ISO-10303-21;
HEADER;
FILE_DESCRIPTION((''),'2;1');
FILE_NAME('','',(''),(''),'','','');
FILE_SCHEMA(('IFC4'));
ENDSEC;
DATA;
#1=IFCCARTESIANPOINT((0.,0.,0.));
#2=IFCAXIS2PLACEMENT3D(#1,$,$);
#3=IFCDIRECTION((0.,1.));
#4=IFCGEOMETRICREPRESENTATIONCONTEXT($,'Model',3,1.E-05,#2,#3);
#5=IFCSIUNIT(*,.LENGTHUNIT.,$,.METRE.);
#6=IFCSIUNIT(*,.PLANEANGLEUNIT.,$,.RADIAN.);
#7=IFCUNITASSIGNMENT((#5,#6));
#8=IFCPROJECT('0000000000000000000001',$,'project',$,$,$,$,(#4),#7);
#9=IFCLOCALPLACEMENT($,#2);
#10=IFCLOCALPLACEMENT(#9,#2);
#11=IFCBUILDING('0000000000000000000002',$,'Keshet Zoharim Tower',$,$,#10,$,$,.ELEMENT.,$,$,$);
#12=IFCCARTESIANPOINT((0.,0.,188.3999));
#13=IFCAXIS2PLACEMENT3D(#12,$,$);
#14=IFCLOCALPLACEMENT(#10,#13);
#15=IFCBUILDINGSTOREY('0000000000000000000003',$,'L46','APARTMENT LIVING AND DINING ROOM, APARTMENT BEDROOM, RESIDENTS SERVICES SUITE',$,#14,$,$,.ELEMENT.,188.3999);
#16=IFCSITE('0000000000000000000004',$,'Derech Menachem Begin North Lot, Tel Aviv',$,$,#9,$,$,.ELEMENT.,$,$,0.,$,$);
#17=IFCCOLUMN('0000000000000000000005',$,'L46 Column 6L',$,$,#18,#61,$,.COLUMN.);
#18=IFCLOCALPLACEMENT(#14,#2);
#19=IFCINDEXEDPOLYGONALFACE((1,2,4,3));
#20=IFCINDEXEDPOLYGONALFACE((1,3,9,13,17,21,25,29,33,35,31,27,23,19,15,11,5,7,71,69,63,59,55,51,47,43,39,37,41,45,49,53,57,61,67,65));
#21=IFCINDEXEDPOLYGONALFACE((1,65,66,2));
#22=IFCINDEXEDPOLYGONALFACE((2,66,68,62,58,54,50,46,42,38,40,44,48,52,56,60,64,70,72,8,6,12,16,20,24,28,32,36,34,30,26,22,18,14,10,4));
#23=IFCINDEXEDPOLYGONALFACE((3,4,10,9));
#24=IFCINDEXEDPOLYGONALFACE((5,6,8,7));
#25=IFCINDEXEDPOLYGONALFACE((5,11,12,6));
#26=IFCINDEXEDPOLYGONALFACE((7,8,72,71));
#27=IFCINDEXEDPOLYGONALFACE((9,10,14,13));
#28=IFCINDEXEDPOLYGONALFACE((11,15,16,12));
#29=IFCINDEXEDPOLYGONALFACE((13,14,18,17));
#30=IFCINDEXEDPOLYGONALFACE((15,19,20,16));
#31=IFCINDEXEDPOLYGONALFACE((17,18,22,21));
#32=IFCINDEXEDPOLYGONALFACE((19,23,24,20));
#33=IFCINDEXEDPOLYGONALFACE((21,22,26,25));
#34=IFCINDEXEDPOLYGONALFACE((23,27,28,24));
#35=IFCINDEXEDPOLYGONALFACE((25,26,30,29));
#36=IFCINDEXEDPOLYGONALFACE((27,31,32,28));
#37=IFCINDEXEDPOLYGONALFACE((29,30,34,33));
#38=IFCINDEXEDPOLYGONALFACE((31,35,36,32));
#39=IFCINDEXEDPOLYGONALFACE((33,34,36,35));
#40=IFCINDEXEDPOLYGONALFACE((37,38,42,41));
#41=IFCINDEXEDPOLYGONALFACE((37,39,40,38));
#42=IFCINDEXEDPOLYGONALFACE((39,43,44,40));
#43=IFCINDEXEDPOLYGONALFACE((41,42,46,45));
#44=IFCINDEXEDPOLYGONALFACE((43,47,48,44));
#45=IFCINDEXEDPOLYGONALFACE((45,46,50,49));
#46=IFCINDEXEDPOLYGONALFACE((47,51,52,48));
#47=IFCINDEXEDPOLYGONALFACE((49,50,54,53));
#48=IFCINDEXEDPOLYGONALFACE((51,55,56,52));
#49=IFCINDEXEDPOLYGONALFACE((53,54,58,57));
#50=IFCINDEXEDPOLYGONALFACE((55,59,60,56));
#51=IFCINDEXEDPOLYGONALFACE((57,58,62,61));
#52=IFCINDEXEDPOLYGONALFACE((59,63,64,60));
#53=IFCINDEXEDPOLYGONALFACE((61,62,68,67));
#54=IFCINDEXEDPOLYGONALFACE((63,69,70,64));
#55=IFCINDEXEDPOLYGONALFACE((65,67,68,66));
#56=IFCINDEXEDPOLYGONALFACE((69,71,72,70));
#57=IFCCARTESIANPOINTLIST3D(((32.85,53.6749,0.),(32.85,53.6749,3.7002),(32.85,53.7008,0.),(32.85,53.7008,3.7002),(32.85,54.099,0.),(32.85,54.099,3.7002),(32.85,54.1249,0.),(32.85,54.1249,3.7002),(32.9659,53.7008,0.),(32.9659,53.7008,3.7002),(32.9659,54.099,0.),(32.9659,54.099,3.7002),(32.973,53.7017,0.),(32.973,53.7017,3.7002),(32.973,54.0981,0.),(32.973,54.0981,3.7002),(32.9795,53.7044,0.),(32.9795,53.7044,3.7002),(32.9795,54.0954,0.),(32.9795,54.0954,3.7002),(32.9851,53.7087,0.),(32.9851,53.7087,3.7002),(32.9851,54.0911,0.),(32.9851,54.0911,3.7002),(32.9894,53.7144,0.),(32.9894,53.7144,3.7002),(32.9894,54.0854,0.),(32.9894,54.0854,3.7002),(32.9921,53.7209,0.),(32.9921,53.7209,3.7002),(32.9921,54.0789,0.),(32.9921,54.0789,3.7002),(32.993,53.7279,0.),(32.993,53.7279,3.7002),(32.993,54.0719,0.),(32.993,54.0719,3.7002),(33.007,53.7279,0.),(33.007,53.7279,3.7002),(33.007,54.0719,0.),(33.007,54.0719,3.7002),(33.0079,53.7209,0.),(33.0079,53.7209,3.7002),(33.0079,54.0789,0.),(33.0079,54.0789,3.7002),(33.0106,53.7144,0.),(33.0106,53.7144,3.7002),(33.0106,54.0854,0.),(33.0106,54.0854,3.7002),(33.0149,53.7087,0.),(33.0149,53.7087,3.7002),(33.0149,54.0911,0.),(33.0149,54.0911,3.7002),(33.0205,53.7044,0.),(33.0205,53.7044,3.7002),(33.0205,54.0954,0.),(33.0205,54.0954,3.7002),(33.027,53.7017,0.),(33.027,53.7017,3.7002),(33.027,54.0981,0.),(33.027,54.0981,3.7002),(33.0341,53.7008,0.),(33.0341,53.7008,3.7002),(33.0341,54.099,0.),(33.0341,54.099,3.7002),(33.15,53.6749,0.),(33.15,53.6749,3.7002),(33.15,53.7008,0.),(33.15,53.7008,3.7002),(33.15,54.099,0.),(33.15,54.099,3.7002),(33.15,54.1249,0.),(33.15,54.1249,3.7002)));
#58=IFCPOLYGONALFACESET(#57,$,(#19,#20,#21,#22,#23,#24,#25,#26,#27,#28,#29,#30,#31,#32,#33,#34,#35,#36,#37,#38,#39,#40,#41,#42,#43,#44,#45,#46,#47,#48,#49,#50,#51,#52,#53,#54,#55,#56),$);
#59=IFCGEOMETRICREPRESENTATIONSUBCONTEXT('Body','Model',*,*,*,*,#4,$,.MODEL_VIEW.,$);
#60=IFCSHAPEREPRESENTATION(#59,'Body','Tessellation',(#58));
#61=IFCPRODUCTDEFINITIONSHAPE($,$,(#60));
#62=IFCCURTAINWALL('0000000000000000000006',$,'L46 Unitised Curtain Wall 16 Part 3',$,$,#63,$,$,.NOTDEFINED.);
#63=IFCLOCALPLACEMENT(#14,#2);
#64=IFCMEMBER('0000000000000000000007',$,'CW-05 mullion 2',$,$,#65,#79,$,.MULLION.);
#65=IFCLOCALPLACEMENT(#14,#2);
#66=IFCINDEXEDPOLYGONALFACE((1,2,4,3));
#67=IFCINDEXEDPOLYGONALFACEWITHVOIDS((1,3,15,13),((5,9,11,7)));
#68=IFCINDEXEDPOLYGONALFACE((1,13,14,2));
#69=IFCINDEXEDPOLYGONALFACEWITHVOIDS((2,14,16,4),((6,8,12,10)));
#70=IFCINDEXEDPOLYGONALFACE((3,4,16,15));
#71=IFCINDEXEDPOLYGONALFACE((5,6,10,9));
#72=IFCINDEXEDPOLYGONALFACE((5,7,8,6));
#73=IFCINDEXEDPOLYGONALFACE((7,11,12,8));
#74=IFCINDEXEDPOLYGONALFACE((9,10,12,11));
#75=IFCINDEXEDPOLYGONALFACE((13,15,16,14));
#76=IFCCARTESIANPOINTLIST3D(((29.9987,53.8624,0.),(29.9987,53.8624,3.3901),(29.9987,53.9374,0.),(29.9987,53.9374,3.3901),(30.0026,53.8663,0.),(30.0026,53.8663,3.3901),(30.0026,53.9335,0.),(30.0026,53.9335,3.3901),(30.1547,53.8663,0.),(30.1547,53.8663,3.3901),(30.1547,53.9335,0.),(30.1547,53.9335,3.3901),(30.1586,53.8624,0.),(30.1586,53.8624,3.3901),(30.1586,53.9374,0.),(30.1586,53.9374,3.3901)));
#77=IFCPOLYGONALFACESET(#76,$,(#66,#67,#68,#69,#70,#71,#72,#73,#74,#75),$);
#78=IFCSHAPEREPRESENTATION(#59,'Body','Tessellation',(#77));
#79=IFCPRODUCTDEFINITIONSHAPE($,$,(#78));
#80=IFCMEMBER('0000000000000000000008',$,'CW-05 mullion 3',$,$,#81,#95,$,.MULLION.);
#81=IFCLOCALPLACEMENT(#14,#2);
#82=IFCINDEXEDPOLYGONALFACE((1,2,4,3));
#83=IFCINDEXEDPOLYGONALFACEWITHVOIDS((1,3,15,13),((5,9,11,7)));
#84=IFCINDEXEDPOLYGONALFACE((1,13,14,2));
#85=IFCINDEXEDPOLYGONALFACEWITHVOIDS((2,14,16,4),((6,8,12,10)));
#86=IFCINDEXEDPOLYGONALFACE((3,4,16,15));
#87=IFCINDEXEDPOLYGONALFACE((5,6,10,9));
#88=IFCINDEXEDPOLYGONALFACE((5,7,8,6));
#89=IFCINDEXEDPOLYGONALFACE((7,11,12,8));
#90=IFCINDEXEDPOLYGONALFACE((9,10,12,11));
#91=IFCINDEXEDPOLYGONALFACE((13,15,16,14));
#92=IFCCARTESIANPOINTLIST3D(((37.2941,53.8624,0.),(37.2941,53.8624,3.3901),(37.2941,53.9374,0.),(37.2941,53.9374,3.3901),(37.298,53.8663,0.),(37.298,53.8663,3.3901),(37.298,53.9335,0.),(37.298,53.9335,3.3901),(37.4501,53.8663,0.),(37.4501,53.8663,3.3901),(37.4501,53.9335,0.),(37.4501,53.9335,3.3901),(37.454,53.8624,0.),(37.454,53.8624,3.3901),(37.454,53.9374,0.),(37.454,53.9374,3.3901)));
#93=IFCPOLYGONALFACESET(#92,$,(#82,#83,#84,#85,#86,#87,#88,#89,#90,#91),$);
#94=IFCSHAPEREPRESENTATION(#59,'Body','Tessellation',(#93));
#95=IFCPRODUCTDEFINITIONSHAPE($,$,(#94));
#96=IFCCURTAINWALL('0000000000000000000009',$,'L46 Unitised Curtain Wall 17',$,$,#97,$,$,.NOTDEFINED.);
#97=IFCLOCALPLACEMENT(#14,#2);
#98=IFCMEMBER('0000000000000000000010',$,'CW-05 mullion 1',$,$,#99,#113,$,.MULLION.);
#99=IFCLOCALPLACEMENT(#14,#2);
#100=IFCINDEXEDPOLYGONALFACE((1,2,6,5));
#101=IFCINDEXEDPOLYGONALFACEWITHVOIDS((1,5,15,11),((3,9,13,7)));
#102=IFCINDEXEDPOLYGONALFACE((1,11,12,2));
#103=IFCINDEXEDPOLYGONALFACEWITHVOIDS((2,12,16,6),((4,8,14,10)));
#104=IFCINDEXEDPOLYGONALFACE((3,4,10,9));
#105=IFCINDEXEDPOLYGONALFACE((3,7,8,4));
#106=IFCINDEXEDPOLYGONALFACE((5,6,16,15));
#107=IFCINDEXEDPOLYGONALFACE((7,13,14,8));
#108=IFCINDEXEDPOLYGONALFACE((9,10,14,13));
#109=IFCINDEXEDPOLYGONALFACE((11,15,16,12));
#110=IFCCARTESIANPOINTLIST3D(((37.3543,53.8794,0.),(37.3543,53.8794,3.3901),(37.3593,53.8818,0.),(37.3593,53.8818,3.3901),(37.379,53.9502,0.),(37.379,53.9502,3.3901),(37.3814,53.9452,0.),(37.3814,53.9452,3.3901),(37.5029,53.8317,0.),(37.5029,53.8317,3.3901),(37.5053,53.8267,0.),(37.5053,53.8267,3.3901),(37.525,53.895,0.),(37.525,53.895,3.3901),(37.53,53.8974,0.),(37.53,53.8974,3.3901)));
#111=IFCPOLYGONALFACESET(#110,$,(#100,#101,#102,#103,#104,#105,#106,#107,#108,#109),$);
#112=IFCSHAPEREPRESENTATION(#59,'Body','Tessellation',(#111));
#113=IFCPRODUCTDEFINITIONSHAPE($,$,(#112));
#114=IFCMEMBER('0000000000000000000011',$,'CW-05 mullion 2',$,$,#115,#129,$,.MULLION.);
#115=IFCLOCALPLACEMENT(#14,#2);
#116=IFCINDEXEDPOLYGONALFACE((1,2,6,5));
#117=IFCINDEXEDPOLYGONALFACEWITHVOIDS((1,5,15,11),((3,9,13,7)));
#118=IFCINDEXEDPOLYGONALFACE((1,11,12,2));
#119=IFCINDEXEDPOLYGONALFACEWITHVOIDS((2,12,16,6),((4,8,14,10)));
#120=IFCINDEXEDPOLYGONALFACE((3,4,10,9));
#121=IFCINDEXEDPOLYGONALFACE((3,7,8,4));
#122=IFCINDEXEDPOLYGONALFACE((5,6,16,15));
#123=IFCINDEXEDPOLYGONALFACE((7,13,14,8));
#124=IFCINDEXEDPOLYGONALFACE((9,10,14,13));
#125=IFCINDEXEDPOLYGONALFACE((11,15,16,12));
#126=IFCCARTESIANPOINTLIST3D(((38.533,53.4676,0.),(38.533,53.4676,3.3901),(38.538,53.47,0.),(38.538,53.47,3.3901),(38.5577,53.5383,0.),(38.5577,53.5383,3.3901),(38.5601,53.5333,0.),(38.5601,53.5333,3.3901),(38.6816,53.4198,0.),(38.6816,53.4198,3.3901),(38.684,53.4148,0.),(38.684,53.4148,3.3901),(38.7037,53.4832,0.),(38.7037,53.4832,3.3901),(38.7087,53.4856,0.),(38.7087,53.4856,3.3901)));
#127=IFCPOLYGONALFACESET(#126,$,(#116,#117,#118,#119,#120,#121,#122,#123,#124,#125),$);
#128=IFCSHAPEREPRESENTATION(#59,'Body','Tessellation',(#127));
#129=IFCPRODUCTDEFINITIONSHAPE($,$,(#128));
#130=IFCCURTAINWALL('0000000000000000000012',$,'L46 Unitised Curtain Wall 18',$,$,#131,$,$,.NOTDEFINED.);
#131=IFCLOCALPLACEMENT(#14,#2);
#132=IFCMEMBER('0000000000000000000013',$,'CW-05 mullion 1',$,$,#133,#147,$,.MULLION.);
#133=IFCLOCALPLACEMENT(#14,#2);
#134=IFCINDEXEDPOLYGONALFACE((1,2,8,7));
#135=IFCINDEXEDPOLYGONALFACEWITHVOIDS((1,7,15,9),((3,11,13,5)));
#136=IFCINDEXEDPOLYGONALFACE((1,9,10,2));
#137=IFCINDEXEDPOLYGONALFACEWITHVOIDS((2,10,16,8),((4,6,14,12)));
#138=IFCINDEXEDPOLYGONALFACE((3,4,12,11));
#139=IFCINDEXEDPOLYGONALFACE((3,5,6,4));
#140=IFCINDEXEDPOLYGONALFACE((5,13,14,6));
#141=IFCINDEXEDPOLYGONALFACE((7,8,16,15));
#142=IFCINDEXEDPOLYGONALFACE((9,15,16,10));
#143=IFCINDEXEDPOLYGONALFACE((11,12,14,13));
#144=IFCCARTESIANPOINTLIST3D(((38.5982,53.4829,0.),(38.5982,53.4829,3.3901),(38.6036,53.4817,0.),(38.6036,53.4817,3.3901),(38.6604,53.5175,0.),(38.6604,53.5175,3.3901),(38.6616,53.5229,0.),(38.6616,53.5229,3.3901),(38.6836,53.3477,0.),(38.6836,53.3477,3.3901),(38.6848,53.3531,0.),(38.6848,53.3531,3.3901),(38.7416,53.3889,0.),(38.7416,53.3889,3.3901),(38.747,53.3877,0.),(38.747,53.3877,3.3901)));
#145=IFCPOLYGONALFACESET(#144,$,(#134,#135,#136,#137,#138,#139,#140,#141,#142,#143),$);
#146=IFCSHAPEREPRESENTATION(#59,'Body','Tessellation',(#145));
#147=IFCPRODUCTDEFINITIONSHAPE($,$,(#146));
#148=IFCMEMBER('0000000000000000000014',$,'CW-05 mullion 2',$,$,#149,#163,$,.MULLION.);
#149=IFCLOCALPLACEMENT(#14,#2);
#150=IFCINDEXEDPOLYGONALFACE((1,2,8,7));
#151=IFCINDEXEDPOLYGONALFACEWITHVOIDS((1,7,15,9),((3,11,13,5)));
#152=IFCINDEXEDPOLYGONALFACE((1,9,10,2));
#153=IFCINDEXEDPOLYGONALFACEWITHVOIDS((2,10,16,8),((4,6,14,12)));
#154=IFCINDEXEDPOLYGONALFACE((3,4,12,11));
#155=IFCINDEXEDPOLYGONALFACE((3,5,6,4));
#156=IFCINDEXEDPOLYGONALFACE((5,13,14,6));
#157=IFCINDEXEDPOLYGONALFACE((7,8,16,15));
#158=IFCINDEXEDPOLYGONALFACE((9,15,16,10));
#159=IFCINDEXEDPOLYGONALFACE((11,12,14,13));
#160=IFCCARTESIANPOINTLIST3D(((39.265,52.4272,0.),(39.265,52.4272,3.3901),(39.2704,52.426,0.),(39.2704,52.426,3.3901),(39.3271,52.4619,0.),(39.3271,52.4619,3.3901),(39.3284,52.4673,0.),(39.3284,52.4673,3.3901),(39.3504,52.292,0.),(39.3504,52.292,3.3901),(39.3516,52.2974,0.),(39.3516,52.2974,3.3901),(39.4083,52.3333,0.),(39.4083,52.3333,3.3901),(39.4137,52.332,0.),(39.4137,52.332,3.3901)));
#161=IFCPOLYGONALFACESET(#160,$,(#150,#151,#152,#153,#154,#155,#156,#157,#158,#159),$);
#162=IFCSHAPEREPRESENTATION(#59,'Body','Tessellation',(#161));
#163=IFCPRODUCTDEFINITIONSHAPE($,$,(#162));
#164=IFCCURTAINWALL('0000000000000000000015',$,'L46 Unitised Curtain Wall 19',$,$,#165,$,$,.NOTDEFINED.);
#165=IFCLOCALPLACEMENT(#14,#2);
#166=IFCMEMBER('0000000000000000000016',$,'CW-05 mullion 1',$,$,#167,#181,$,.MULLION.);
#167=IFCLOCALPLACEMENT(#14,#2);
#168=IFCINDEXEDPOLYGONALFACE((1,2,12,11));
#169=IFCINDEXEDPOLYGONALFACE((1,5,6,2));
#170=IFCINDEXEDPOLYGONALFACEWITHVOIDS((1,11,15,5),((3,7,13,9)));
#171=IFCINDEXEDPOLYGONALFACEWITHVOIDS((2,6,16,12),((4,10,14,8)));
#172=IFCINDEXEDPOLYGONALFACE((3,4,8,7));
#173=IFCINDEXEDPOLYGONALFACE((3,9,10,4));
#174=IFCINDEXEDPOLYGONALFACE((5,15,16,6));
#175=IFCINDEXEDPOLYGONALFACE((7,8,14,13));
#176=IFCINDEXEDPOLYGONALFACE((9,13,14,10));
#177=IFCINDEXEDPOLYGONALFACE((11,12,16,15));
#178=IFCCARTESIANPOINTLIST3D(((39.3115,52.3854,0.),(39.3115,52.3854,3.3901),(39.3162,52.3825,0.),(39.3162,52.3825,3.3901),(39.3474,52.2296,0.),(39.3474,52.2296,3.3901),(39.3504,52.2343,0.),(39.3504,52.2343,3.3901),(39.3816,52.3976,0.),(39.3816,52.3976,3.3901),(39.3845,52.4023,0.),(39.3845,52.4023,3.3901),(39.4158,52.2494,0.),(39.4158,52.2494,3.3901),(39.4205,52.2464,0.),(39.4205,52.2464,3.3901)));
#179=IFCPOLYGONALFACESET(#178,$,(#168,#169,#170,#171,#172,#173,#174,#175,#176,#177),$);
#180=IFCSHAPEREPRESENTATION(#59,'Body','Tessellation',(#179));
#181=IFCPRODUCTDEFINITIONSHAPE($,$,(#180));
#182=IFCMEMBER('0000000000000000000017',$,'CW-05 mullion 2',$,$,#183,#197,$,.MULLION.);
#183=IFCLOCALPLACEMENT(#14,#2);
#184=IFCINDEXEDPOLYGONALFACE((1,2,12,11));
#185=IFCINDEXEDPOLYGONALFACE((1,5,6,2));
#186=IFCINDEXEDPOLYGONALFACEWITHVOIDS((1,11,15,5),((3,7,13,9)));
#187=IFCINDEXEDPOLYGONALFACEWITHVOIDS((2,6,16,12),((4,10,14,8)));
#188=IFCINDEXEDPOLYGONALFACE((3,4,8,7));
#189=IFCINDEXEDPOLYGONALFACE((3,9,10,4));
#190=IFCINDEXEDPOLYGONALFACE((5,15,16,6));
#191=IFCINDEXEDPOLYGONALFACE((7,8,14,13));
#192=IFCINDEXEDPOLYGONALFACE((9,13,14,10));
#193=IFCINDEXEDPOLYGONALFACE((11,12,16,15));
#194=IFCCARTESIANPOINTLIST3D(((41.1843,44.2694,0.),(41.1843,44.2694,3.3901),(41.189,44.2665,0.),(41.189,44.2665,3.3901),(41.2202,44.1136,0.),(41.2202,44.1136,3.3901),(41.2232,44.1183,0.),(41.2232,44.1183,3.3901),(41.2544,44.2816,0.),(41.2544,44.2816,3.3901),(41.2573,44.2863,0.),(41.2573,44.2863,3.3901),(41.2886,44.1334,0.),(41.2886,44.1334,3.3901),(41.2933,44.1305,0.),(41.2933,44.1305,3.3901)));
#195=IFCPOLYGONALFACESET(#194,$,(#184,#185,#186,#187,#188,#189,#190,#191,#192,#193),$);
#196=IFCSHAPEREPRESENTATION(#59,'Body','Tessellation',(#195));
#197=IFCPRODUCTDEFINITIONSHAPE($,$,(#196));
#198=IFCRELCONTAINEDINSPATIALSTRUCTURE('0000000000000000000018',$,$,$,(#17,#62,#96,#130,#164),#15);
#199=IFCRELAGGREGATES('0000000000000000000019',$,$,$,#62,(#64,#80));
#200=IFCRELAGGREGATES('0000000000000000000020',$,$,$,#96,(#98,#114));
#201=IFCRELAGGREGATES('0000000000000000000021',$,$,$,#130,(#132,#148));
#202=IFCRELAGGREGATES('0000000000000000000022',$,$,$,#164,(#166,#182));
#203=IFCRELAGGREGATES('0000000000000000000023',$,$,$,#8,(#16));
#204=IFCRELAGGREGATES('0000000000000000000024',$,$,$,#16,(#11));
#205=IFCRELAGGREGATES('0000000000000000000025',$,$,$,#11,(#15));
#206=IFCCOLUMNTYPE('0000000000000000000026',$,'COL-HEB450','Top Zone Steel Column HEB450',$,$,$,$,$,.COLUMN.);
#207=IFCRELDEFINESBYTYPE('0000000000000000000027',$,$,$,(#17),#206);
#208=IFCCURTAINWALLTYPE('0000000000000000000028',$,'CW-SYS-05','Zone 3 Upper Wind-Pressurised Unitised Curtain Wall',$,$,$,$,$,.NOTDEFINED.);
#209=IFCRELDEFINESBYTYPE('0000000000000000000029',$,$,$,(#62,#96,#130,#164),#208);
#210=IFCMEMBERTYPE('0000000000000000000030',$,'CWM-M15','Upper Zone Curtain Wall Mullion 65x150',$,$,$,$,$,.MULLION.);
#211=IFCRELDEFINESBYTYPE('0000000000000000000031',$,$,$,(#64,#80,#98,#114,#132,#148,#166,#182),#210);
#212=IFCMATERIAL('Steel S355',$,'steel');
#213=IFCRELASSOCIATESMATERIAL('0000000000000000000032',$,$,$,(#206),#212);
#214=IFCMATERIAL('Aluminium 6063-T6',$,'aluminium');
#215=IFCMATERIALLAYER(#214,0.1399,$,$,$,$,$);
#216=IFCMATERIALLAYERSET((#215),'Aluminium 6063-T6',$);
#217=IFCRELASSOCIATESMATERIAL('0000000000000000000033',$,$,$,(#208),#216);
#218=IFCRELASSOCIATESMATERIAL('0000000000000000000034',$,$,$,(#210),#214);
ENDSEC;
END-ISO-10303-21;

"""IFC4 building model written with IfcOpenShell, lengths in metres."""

from ifc_helpers import new_model, si_unit, direction, frame, origin, origin_2d, place, context, subcontext, project, spatial, hollow_rectangle, i_section, extrude, material, layer, layer_set, material_profile, profile_set, type_object, element, aggregate, save


model = new_model("IFC4")

# Units and contexts
model_context = context("Model", 3, precision=1e-05, world=origin(), true_north=direction((0.0, 1.0)))
body_context = subcontext(model_context, "Body", "Model", "MODEL_VIEW")
ifc_project = project(units=[si_unit("LENGTHUNIT", "METRE"), si_unit("PLANEANGLEUNIT", "RADIAN")], contexts=[model_context])

# Site, building, storey
site_placement = place(None, origin())
site = spatial("IfcSite", under=ifc_project, at=site_placement, Name="Derech Menachem Begin North Lot, Tel Aviv", CompositionType="ELEMENT", RefElevation=0.0)
building_placement = place(site_placement, origin())
building = spatial("IfcBuilding", under=site, at=building_placement, Name="Keshet Zoharim Tower", CompositionType="ELEMENT")
storey_placement = place(building_placement, frame((0.0, 0.0, 188.3999)))
storey = spatial("IfcBuildingStorey", under=building, at=storey_placement, Name="L46", Description="APARTMENT LIVING AND DINING ROOM, APARTMENT BEDROOM, RESIDENTS SERVICES SUITE", CompositionType="ELEMENT", Elevation=188.3999)

# Column
ifc_material_1 = material(Name="Steel S355", Category="steel")
ifc_material_profile_1 = material_profile(ifc_material_1, i_section(OverallWidth=0.3, OverallDepth=0.45, WebThickness=0.0139, FlangeThickness=0.0259, FilletRadius=0.0271, at=origin_2d()), Name="HEB450")
ifc_profile_set_1 = profile_set([ifc_material_profile_1], Name="Steel S355")
column_type = type_object("IfcColumnType", Name="COL-HEB450", Description="Top Zone Steel Column HEB450", PredefinedType="COLUMN", material=ifc_profile_set_1)
column_placement = place(storey_placement, frame((33.0, 53.8999, 0.0), z_axis=(0.0, 0.0, 1.0), x_axis=(1.0, 0.0, 0.0)))
element("IfcColumn", 1, at=column_placement, inside=storey, type_object=column_type, Name="L46 Column 6L", PredefinedType="COLUMN", context=body_context, shape_type="SweptSolid", body=[
    extrude(i_section(OverallWidth=0.3, OverallDepth=0.45, WebThickness=0.0139, FlangeThickness=0.0259, FilletRadius=0.0271, at=origin_2d()), origin(), (0.0, 0.0, 1.0), 3.7002),
])

# Curtain walls, members
ifc_material_2 = material(Name="Aluminium 6063-T6", Category="aluminium")
ifc_layer_1 = layer(ifc_material_2, 0.1399)
ifc_layer_set_1 = layer_set([ifc_layer_1], Name="Aluminium 6063-T6")
curtain_wall_type = type_object("IfcCurtainWallType", Name="CW-SYS-05", Description="Zone 3 Upper Wind-Pressurised Unitised Curtain Wall", PredefinedType="NOTDEFINED", material=ifc_layer_set_1)
curtain_wall_1_placement = place(storey_placement, origin())
curtain_wall_1 = element("IfcCurtainWall", 2, at=curtain_wall_1_placement, inside=storey, type_object=curtain_wall_type, Name="L46 Unitised Curtain Wall 16 Part 3", PredefinedType="NOTDEFINED")
ifc_material_profile_2 = material_profile(ifc_material_2, hollow_rectangle(XDim=0.075, YDim=0.1599, WallThickness=0.0039, at=origin_2d()), Name="MUL-75x160")
ifc_profile_set_2 = profile_set([ifc_material_profile_2], Name="Aluminium 6063-T6")
member_type_1 = type_object("IfcMemberType", Name="CWM-M15", Description="Upper Zone Curtain Wall Mullion 65x150", PredefinedType="MULLION", material=ifc_profile_set_2)
member_1_placement = place(storey_placement, frame((30.0786, 53.8999, 0.0), z_axis=(0.0, 0.0, 1.0), x_axis=(0.0, 1.0, 0.0)))
member_1 = element("IfcMember", 3, at=member_1_placement, type_object=member_type_1, Name="CW-05 mullion 2", PredefinedType="MULLION", context=body_context, shape_type="SweptSolid", body=[
    extrude(hollow_rectangle(XDim=0.075, YDim=0.1599, WallThickness=0.0039, at=origin_2d()), origin(), (0.0, 0.0, 1.0), 3.3901),
])
member_2_placement = place(storey_placement, frame((37.374, 53.8999, 0.0), z_axis=(0.0, 0.0, 1.0), x_axis=(0.0, 1.0, 0.0)))
member_2 = element("IfcMember", 4, at=member_2_placement, type_object=member_type_1, Name="CW-05 mullion 3", PredefinedType="MULLION", context=body_context, shape_type="SweptSolid", body=[
    extrude(hollow_rectangle(XDim=0.075, YDim=0.1599, WallThickness=0.0039, at=origin_2d()), origin(), (0.0, 0.0, 1.0), 3.3901),
])
curtain_wall_2_placement = place(storey_placement, origin())
curtain_wall_2 = element("IfcCurtainWall", 5, at=curtain_wall_2_placement, inside=storey, type_object=curtain_wall_type, Name="L46 Unitised Curtain Wall 17", PredefinedType="NOTDEFINED")
member_3_placement = place(storey_placement, frame((37.4421, 53.8884, 0.0), z_axis=(0.0, 0.0, 1.0), x_axis=(0.329844, 0.944036, 0.0)))
member_3 = element("IfcMember", 6, at=member_3_placement, type_object=member_type_1, Name="CW-05 mullion 1", PredefinedType="MULLION", context=body_context, shape_type="SweptSolid", body=[
    extrude(hollow_rectangle(XDim=0.075, YDim=0.1599, WallThickness=0.0039, at=origin_2d()), origin(), (0.0, 0.0, 1.0), 3.3901),
])
member_4_placement = place(storey_placement, frame((38.6208, 53.4766, 0.0), z_axis=(0.0, 0.0, 1.0), x_axis=(0.329844, 0.944036, 0.0)))
member_4 = element("IfcMember", 7, at=member_4_placement, type_object=member_type_1, Name="CW-05 mullion 2", PredefinedType="MULLION", context=body_context, shape_type="SweptSolid", body=[
    extrude(hollow_rectangle(XDim=0.075, YDim=0.1599, WallThickness=0.0039, at=origin_2d()), origin(), (0.0, 0.0, 1.0), 3.3901),
])
curtain_wall_3_placement = place(storey_placement, origin())
curtain_wall_3 = element("IfcCurtainWall", 8, at=curtain_wall_3_placement, inside=storey, type_object=curtain_wall_type, Name="L46 Unitised Curtain Wall 18", PredefinedType="NOTDEFINED")
member_5_placement = place(storey_placement, frame((38.6726, 53.4353, 0.0), z_axis=(0.0, 0.0, 1.0), x_axis=(0.845561, 0.533879, 0.0)))
member_5 = element("IfcMember", 9, at=member_5_placement, type_object=member_type_1, Name="CW-05 mullion 1", PredefinedType="MULLION", context=body_context, shape_type="SweptSolid", body=[
    extrude(hollow_rectangle(XDim=0.075, YDim=0.1599, WallThickness=0.0039, at=origin_2d()), origin(), (0.0, 0.0, 1.0), 3.3901),
])
member_6_placement = place(storey_placement, frame((39.3394, 52.3796, 0.0), z_axis=(0.0, 0.0, 1.0), x_axis=(0.845561, 0.533879, 0.0)))
member_6 = element("IfcMember", 10, at=member_6_placement, type_object=member_type_1, Name="CW-05 mullion 2", PredefinedType="MULLION", context=body_context, shape_type="SweptSolid", body=[
    extrude(hollow_rectangle(XDim=0.075, YDim=0.1599, WallThickness=0.0039, at=origin_2d()), origin(), (0.0, 0.0, 1.0), 3.3901),
])
curtain_wall_4_placement = place(storey_placement, origin())
curtain_wall_4 = element("IfcCurtainWall", 11, at=curtain_wall_4_placement, inside=storey, type_object=curtain_wall_type, Name="L46 Unitised Curtain Wall 19", PredefinedType="NOTDEFINED")
member_7_placement = place(storey_placement, frame((39.366, 52.3159, 0.0), z_axis=(0.0, 0.0, 1.0), x_axis=(0.974394, 0.224848, 0.0)))
member_7 = element("IfcMember", 12, at=member_7_placement, type_object=member_type_1, Name="CW-05 mullion 1", PredefinedType="MULLION", context=body_context, shape_type="SweptSolid", body=[
    extrude(hollow_rectangle(XDim=0.075, YDim=0.1599, WallThickness=0.0039, at=origin_2d()), origin(), (0.0, 0.0, 1.0), 3.3901),
])
member_8_placement = place(storey_placement, frame((41.2388, 44.2, 0.0), z_axis=(0.0, 0.0, 1.0), x_axis=(0.974394, 0.224848, 0.0)))
member_8 = element("IfcMember", 13, at=member_8_placement, type_object=member_type_1, Name="CW-05 mullion 2", PredefinedType="MULLION", context=body_context, shape_type="SweptSolid", body=[
    extrude(hollow_rectangle(XDim=0.075, YDim=0.1599, WallThickness=0.0039, at=origin_2d()), origin(), (0.0, 0.0, 1.0), 3.3901),
])

aggregate(curtain_wall_1, [member_1, member_2])
aggregate(curtain_wall_2, [member_3, member_4])
aggregate(curtain_wall_3, [member_5, member_6])
aggregate(curtain_wall_4, [member_7, member_8])

save(model, "model.ifc")
